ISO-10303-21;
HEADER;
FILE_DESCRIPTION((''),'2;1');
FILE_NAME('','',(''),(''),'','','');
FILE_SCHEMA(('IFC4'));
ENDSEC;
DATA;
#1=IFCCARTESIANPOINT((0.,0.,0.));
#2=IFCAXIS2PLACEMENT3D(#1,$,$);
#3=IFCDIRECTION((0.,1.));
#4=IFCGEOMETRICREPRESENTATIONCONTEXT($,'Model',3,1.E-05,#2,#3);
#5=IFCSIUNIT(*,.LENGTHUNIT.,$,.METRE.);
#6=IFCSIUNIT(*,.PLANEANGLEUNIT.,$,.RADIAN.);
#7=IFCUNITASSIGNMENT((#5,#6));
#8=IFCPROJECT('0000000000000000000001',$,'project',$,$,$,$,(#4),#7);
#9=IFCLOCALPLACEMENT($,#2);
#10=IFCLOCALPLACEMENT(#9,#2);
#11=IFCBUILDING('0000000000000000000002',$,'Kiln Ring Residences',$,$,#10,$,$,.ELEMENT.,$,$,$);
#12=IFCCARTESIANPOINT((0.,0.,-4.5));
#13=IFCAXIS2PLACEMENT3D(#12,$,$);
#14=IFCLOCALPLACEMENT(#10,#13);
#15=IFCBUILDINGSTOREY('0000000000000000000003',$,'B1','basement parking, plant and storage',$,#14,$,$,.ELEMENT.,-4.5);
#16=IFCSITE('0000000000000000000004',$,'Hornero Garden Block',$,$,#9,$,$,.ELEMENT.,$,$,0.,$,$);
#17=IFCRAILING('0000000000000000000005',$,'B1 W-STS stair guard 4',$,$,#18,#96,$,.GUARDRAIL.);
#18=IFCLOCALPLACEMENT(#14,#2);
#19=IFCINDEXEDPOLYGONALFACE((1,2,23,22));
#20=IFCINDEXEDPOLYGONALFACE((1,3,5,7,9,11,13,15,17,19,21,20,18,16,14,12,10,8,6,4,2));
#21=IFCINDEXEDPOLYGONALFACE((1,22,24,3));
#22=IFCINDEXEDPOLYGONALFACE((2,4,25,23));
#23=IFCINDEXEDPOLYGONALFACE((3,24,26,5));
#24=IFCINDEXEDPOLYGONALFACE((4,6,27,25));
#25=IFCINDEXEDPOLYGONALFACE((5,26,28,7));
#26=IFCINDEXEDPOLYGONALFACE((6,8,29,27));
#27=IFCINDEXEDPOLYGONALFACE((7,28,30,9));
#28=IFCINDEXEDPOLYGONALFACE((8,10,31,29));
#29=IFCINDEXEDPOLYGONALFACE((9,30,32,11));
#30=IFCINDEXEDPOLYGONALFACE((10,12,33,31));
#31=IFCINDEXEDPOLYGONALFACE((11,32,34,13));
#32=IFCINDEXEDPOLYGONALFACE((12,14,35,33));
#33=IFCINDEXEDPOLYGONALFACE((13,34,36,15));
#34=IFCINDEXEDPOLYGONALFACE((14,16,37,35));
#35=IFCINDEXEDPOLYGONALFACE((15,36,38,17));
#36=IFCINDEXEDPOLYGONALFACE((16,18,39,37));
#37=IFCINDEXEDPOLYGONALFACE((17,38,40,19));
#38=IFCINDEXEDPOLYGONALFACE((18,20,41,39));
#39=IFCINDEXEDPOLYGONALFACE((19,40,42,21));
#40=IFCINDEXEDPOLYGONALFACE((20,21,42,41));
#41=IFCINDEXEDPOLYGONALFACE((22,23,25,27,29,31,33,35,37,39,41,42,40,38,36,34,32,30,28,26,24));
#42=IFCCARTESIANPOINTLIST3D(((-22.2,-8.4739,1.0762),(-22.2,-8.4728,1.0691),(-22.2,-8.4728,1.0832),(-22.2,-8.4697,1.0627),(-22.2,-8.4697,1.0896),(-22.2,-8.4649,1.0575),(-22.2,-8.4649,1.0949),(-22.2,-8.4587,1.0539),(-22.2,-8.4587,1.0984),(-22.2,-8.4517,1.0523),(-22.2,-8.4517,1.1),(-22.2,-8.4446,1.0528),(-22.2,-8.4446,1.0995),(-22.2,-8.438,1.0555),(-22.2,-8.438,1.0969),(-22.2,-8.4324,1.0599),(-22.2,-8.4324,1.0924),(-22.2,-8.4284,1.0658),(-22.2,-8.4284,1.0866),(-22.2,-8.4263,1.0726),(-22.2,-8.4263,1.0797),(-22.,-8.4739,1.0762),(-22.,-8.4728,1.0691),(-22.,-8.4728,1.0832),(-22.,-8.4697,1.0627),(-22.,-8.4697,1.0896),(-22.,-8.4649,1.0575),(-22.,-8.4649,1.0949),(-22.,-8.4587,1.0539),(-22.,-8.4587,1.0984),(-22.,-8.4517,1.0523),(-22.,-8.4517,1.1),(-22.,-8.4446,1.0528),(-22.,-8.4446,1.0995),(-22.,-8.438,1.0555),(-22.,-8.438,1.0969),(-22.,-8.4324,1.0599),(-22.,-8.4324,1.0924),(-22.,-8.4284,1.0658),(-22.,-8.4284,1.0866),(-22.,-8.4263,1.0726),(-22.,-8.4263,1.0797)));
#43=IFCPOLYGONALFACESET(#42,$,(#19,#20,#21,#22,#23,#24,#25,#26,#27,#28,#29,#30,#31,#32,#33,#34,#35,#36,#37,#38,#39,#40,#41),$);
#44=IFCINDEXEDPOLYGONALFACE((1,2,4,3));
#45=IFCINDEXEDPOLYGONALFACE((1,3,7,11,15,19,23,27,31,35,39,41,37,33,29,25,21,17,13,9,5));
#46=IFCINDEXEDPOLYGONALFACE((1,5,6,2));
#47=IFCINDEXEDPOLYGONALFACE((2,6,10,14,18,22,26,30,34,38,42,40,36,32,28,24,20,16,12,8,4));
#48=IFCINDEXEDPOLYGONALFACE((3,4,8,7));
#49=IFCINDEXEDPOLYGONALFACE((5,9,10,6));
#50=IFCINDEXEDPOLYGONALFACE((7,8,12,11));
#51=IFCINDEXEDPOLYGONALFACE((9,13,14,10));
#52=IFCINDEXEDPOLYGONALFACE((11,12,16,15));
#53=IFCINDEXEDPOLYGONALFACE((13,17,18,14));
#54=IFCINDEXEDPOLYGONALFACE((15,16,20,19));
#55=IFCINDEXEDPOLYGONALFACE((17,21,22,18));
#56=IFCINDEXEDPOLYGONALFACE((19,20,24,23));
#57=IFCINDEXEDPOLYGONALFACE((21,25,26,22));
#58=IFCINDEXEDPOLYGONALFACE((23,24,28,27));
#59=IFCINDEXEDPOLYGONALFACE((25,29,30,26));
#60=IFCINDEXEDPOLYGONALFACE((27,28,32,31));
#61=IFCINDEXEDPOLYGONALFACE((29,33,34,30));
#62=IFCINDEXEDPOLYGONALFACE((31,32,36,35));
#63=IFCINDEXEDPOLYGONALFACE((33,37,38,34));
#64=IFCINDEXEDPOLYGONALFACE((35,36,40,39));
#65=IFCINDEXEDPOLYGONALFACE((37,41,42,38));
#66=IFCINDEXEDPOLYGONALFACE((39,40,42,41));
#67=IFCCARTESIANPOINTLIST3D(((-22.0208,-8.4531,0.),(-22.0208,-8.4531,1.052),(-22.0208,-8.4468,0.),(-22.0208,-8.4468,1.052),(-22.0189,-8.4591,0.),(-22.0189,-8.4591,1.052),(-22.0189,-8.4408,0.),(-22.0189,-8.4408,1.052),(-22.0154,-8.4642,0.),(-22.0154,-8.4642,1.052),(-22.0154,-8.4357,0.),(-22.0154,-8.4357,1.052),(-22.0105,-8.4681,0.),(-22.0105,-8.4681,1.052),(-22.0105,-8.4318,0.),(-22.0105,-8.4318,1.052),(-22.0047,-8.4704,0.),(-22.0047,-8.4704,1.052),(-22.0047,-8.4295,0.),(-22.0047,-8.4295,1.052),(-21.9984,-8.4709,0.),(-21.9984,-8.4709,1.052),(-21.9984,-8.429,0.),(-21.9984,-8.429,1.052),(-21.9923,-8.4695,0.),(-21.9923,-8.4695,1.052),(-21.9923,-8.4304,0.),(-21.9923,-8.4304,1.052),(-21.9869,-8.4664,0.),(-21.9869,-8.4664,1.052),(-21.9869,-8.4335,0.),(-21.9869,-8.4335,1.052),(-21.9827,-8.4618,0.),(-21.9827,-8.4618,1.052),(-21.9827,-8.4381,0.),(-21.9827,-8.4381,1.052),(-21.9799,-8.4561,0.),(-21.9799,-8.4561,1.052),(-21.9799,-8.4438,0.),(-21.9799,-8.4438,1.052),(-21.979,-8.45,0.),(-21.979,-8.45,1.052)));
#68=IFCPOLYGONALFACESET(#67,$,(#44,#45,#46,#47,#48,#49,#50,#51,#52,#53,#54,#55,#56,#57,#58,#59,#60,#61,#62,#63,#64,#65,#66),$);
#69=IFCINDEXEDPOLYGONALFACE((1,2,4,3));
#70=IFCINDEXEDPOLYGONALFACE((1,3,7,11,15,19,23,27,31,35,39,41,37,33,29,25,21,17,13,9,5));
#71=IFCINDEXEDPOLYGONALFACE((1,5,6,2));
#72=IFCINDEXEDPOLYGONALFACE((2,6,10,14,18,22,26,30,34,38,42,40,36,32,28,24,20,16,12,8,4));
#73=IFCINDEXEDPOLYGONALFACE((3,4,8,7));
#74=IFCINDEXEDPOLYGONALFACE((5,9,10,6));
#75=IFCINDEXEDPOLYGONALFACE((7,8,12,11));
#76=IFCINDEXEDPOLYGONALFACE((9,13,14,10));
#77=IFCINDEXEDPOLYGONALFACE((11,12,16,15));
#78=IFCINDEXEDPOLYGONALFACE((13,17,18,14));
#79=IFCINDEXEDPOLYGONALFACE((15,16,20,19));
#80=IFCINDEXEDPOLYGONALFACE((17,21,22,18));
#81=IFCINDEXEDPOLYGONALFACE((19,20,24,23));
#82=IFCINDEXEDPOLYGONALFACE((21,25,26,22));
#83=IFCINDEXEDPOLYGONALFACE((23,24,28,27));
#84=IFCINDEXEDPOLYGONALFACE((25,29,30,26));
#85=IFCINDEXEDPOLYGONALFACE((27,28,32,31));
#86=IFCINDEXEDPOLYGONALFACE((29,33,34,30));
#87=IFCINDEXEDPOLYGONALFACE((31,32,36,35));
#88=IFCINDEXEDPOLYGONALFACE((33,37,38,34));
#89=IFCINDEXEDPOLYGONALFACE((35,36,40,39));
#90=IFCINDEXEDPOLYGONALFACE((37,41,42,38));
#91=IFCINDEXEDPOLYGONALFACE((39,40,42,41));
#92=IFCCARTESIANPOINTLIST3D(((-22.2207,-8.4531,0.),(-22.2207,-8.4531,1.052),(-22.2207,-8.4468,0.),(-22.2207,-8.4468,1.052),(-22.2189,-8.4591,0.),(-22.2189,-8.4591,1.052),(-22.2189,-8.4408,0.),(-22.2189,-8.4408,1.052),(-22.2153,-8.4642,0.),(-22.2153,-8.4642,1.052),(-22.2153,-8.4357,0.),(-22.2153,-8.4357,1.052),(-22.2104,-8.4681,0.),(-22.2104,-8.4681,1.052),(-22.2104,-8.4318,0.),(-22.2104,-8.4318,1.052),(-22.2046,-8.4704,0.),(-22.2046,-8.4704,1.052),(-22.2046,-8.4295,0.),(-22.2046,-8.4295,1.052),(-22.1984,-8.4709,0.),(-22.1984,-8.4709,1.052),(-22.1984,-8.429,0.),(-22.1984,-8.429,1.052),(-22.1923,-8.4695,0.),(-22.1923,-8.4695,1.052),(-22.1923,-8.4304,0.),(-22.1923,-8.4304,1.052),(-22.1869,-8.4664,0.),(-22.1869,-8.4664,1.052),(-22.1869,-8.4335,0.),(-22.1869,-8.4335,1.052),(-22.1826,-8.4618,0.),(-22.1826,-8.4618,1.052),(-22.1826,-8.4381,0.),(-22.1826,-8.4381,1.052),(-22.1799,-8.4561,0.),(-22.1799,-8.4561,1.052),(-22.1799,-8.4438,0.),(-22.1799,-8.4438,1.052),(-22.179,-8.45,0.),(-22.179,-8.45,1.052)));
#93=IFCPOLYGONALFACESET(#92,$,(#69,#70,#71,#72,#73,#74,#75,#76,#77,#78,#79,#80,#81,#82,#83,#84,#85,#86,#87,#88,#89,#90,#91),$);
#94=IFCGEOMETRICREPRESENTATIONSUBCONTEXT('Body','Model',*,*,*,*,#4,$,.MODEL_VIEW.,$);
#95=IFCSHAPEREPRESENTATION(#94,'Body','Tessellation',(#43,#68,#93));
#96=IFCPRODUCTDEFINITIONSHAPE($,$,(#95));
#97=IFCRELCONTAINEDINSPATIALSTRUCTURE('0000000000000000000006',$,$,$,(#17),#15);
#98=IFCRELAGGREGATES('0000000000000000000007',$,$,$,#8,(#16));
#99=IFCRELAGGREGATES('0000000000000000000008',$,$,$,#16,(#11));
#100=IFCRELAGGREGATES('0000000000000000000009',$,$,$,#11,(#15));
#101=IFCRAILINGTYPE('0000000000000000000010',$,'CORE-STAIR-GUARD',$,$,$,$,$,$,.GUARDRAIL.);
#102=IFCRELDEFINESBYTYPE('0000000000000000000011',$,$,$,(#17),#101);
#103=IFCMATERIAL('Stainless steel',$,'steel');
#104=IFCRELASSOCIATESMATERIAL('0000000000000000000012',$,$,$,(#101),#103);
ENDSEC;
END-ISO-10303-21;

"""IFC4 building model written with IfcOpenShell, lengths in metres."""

from ifc_helpers import new_model, si_unit, direction, frame, origin, origin_2d, place, context, subcontext, project, spatial, circle, extrude, material, type_object, element, save


model = new_model("IFC4")

# Units and contexts
model_context = context("Model", 3, precision=1e-05, world=origin(), true_north=direction((0.0, 1.0)))
body_context = subcontext(model_context, "Body", "Model", "MODEL_VIEW")
ifc_project = project(units=[si_unit("LENGTHUNIT", "METRE"), si_unit("PLANEANGLEUNIT", "RADIAN")], contexts=[model_context])

# Site, building, storey
site_placement = place(None, origin())
site = spatial("IfcSite", under=ifc_project, at=site_placement, Name="Hornero Garden Block", CompositionType="ELEMENT", RefElevation=0.0)
building_placement = place(site_placement, origin())
building = spatial("IfcBuilding", under=site, at=building_placement, Name="Kiln Ring Residences", CompositionType="ELEMENT")
storey_placement = place(building_placement, frame((0.0, 0.0, -4.5)))
storey = spatial("IfcBuildingStorey", under=building, at=storey_placement, Name="B1", Description="basement parking, plant and storage", CompositionType="ELEMENT", Elevation=-4.5)

# Railing
ifc_material_1 = material(Name="Stainless steel", Category="steel")
railing_type_1 = type_object("IfcRailingType", Name="CORE-STAIR-GUARD", PredefinedType="GUARDRAIL", material=ifc_material_1)
railing_1_placement = place(storey_placement, frame((-22.0, -8.45, 0.0)))
element("IfcRailing", 1, at=railing_1_placement, inside=storey, type_object=railing_type_1, Name="B1 W-STS stair guard 4", PredefinedType="GUARDRAIL", context=body_context, shape_type="SweptSolid", body=[
    extrude(circle(Radius=0.0239, at=origin_2d()), frame((0.0, 0.0, 1.0762), z_axis=(-1.0, 0.0, 0.0), x_axis=(0.0, -1.0, 0.0)), (0.0, 0.0, 1.0), 0.2),
    extrude(circle(Radius=0.021, at=origin_2d()), origin(), (0.0, 0.0, 1.0), 1.052),
    extrude(circle(Radius=0.021, at=origin_2d()), frame((-0.2, 0.0, 0.0)), (0.0, 0.0, 1.0), 1.052),
])

save(model, "model.ifc")
